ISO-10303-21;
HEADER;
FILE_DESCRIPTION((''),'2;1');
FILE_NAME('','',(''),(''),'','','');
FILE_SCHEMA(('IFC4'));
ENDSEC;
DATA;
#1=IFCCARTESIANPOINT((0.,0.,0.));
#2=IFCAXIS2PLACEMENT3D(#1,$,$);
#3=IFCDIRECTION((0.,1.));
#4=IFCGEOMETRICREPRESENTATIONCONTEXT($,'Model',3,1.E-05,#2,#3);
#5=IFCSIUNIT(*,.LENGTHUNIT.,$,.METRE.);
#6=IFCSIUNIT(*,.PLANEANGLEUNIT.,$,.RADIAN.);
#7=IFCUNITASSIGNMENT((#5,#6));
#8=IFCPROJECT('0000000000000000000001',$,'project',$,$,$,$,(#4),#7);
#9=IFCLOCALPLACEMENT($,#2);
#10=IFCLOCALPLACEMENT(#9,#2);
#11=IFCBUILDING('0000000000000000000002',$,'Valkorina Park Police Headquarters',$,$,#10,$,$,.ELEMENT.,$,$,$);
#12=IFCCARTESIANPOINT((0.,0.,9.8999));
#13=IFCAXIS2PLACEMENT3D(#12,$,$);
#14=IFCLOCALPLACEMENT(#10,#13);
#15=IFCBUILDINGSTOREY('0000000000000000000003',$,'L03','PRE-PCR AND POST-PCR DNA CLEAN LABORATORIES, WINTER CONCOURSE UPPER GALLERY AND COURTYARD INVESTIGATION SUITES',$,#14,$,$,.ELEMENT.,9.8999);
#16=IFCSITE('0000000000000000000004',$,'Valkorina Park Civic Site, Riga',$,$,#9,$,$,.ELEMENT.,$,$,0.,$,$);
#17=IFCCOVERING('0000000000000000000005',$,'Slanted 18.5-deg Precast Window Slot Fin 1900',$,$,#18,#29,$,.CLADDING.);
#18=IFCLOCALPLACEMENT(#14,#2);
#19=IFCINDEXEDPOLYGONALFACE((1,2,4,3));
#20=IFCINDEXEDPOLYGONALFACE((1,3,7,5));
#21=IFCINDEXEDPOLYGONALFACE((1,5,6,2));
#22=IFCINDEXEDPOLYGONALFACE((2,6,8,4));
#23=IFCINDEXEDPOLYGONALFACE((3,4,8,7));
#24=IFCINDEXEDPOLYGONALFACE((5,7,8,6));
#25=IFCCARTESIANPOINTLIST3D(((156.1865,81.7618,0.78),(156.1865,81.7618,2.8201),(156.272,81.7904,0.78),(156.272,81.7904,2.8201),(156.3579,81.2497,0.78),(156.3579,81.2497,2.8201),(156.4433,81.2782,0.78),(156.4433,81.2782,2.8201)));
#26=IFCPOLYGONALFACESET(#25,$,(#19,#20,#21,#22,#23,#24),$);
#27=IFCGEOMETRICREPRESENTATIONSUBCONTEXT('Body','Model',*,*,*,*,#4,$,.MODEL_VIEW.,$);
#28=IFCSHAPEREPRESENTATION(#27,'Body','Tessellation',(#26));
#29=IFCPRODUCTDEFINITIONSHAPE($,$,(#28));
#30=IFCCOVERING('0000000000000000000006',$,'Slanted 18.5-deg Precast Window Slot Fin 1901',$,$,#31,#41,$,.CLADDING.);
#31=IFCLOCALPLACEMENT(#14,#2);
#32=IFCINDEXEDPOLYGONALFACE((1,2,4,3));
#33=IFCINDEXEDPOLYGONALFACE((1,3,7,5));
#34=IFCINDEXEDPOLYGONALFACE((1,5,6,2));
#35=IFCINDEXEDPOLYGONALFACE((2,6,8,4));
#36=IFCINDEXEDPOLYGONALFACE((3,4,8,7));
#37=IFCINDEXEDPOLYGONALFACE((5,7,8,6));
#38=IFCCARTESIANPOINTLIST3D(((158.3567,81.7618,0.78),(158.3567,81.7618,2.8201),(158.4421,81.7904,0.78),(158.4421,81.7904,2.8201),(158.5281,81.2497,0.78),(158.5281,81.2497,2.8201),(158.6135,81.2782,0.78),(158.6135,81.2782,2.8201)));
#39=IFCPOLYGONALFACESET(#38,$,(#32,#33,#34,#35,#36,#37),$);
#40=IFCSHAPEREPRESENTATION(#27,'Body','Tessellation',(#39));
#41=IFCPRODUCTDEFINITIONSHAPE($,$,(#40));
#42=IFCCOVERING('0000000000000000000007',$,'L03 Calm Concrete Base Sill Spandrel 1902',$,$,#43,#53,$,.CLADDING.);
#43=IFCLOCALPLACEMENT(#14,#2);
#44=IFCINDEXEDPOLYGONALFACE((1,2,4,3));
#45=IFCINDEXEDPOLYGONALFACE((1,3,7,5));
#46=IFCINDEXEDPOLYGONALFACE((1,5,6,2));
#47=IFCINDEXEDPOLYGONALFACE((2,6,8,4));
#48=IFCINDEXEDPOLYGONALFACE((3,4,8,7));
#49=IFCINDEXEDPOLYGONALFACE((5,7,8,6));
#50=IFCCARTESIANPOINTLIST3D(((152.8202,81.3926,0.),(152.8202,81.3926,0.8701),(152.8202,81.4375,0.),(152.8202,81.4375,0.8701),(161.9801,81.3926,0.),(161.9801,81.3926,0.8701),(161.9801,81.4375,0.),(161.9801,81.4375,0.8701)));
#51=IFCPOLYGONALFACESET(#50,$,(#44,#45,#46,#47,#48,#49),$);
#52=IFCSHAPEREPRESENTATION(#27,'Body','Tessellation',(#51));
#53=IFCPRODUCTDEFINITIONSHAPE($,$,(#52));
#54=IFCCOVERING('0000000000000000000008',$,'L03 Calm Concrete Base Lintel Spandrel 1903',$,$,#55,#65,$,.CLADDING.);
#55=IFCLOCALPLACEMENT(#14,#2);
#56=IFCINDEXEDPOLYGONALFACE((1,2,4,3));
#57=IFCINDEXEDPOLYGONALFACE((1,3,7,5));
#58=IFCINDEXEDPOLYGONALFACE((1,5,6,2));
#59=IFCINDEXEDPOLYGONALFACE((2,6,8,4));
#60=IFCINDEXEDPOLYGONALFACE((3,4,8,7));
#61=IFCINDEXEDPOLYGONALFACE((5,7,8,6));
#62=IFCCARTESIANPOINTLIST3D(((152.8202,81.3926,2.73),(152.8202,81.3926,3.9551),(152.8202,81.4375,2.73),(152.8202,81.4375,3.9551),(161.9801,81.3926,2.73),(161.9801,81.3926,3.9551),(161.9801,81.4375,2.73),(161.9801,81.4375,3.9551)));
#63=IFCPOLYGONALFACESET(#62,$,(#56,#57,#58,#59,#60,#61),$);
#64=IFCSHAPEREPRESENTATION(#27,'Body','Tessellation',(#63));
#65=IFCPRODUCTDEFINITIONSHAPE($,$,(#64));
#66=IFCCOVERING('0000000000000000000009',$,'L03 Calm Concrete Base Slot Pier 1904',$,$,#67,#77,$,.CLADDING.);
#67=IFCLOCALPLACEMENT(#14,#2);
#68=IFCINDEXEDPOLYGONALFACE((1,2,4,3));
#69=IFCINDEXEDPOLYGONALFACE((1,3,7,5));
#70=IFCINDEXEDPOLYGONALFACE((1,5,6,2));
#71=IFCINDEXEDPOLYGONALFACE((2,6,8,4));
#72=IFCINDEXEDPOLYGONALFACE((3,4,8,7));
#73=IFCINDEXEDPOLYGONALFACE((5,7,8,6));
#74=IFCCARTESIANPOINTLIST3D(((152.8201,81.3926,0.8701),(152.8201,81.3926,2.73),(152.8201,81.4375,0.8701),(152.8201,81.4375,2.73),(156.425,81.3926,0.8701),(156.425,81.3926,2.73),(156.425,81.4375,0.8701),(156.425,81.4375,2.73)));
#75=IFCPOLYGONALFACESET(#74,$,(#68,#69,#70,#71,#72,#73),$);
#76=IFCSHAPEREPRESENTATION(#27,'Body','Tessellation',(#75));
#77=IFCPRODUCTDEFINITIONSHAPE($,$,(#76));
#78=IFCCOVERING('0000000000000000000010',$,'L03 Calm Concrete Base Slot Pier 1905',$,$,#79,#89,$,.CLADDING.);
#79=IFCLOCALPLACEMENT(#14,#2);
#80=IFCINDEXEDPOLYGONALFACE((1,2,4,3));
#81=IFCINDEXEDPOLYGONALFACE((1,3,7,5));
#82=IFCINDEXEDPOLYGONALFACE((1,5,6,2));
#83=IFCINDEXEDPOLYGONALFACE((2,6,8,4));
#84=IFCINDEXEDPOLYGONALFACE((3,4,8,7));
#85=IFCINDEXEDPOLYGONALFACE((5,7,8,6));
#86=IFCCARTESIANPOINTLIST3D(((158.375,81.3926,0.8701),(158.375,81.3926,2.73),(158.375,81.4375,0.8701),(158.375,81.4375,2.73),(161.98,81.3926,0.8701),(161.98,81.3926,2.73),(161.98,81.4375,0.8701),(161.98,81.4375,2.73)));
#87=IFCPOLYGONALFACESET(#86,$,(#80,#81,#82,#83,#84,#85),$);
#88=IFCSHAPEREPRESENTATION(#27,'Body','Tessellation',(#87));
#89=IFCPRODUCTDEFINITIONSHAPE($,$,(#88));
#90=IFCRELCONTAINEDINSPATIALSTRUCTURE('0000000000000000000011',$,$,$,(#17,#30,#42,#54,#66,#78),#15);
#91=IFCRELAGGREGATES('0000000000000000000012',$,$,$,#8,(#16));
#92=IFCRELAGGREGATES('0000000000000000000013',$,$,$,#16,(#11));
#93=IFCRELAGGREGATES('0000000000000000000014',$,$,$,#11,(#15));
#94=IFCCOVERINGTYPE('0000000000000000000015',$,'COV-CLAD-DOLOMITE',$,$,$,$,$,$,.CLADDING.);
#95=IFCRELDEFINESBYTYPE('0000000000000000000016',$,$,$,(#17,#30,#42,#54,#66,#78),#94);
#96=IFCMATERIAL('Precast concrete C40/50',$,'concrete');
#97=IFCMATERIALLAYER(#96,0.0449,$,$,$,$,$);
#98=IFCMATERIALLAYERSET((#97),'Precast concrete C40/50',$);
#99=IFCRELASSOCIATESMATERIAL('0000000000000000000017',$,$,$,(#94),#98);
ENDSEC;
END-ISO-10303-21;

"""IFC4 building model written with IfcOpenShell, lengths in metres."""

from ifc_helpers import new_model, si_unit, direction, frame, frame_2d, origin, origin_2d, place, context, subcontext, project, spatial, rectangle, extrude, material, layer, layer_set, type_object, element, save


model = new_model("IFC4")

# Units and contexts
model_context = context("Model", 3, precision=1e-05, world=origin(), true_north=direction((0.0, 1.0)))
body_context = subcontext(model_context, "Body", "Model", "MODEL_VIEW")
ifc_project = project(units=[si_unit("LENGTHUNIT", "METRE"), si_unit("PLANEANGLEUNIT", "RADIAN")], contexts=[model_context])

# Site, building, storey
site_placement = place(None, origin())
site = spatial("IfcSite", under=ifc_project, at=site_placement, Name="Valkorina Park Civic Site, Riga", CompositionType="ELEMENT", RefElevation=0.0)
building_placement = place(site_placement, origin())
building = spatial("IfcBuilding", under=site, at=building_placement, Name="Valkorina Park Police Headquarters", CompositionType="ELEMENT")
storey_placement = place(building_placement, frame((0.0, 0.0, 9.8999)))
storey = spatial("IfcBuildingStorey", under=building, at=storey_placement, Name="L03", Description="PRE-PCR AND POST-PCR DNA CLEAN LABORATORIES, WINTER CONCOURSE UPPER GALLERY AND COURTYARD INVESTIGATION SUITES", CompositionType="ELEMENT", Elevation=9.8999)

# Coverings
ifc_material_1 = material(Name="Precast concrete C40/50", Category="concrete")
ifc_layer_1 = layer(ifc_material_1, 0.0449)
ifc_layer_set_1 = layer_set([ifc_layer_1], Name="Precast concrete C40/50")
covering_type = type_object("IfcCoveringType", Name="COV-CLAD-DOLOMITE", PredefinedType="CLADDING", material=ifc_layer_set_1)
for number, where, z_axis, x_axis, name in (
    (1, (156.3149, 81.52, 0.78), (0.0, 0.0, 1.0), (-0.317305, 0.948324, 0.0), "Slanted 18.5-deg Precast Window Slot Fin 1900"),
    (2, (158.4851, 81.52, 0.78), (0.0, 0.0, 1.0), (-0.317305, 0.948324, 0.0), "Slanted 18.5-deg Precast Window Slot Fin 1901"),
):
    element("IfcCovering", number, at=place(storey_placement, frame(where, z_axis=z_axis, x_axis=x_axis)), inside=storey, type_object=covering_type, Name=name, PredefinedType="CLADDING", context=body_context, shape_type="SweptSolid", body=[
        extrude(rectangle(XDim=0.54, YDim=0.0901, at=origin_2d()), origin(), (0.0, 0.0, 1.0), 2.04),
    ])
covering_1_placement = place(storey_placement, frame((152.8201, 81.415, 0.0), z_axis=(0.0, 0.0, 1.0), x_axis=(1.0, 0.0, 0.0)))
element("IfcCovering", 3, at=covering_1_placement, inside=storey, type_object=covering_type, Name="L03 Calm Concrete Base Sill Spandrel 1902", PredefinedType="CLADDING", context=body_context, shape_type="SweptSolid", body=[
    extrude(rectangle(XDim=9.1599, YDim=0.0449, at=frame_2d((4.5801, 0.0))), origin(), (0.0, 0.0, 1.0), 0.8701),
])
covering_2_placement = place(storey_placement, frame((152.8201, 81.415, 2.73), z_axis=(0.0, 0.0, 1.0), x_axis=(1.0, 0.0, 0.0)))
element("IfcCovering", 4, at=covering_2_placement, inside=storey, type_object=covering_type, Name="L03 Calm Concrete Base Lintel Spandrel 1903", PredefinedType="CLADDING", context=body_context, shape_type="SweptSolid", body=[
    extrude(rectangle(XDim=9.1599, YDim=0.0449, at=frame_2d((4.5801, 0.0))), origin(), (0.0, 0.0, 1.0), 1.2251),
])
for number, where, z_axis, x_axis, name in (
    (5, (152.8201, 81.415, 0.8701), (0.0, 0.0, 1.0), (1.0, 0.0, 0.0), "L03 Calm Concrete Base Slot Pier 1904"),
    (6, (158.375, 81.415, 0.8701), (0.0, 0.0, 1.0), (1.0, 0.0, 0.0), "L03 Calm Concrete Base Slot Pier 1905"),
):
    element("IfcCovering", number, at=place(storey_placement, frame(where, z_axis=z_axis, x_axis=x_axis)), inside=storey, type_object=covering_type, Name=name, PredefinedType="CLADDING", context=body_context, shape_type="SweptSolid", body=[
        extrude(rectangle(XDim=3.605, YDim=0.0449, at=frame_2d((1.8025, 0.0))), origin(), (0.0, 0.0, 1.0), 1.8599),
    ])

save(model, "model.ifc")
